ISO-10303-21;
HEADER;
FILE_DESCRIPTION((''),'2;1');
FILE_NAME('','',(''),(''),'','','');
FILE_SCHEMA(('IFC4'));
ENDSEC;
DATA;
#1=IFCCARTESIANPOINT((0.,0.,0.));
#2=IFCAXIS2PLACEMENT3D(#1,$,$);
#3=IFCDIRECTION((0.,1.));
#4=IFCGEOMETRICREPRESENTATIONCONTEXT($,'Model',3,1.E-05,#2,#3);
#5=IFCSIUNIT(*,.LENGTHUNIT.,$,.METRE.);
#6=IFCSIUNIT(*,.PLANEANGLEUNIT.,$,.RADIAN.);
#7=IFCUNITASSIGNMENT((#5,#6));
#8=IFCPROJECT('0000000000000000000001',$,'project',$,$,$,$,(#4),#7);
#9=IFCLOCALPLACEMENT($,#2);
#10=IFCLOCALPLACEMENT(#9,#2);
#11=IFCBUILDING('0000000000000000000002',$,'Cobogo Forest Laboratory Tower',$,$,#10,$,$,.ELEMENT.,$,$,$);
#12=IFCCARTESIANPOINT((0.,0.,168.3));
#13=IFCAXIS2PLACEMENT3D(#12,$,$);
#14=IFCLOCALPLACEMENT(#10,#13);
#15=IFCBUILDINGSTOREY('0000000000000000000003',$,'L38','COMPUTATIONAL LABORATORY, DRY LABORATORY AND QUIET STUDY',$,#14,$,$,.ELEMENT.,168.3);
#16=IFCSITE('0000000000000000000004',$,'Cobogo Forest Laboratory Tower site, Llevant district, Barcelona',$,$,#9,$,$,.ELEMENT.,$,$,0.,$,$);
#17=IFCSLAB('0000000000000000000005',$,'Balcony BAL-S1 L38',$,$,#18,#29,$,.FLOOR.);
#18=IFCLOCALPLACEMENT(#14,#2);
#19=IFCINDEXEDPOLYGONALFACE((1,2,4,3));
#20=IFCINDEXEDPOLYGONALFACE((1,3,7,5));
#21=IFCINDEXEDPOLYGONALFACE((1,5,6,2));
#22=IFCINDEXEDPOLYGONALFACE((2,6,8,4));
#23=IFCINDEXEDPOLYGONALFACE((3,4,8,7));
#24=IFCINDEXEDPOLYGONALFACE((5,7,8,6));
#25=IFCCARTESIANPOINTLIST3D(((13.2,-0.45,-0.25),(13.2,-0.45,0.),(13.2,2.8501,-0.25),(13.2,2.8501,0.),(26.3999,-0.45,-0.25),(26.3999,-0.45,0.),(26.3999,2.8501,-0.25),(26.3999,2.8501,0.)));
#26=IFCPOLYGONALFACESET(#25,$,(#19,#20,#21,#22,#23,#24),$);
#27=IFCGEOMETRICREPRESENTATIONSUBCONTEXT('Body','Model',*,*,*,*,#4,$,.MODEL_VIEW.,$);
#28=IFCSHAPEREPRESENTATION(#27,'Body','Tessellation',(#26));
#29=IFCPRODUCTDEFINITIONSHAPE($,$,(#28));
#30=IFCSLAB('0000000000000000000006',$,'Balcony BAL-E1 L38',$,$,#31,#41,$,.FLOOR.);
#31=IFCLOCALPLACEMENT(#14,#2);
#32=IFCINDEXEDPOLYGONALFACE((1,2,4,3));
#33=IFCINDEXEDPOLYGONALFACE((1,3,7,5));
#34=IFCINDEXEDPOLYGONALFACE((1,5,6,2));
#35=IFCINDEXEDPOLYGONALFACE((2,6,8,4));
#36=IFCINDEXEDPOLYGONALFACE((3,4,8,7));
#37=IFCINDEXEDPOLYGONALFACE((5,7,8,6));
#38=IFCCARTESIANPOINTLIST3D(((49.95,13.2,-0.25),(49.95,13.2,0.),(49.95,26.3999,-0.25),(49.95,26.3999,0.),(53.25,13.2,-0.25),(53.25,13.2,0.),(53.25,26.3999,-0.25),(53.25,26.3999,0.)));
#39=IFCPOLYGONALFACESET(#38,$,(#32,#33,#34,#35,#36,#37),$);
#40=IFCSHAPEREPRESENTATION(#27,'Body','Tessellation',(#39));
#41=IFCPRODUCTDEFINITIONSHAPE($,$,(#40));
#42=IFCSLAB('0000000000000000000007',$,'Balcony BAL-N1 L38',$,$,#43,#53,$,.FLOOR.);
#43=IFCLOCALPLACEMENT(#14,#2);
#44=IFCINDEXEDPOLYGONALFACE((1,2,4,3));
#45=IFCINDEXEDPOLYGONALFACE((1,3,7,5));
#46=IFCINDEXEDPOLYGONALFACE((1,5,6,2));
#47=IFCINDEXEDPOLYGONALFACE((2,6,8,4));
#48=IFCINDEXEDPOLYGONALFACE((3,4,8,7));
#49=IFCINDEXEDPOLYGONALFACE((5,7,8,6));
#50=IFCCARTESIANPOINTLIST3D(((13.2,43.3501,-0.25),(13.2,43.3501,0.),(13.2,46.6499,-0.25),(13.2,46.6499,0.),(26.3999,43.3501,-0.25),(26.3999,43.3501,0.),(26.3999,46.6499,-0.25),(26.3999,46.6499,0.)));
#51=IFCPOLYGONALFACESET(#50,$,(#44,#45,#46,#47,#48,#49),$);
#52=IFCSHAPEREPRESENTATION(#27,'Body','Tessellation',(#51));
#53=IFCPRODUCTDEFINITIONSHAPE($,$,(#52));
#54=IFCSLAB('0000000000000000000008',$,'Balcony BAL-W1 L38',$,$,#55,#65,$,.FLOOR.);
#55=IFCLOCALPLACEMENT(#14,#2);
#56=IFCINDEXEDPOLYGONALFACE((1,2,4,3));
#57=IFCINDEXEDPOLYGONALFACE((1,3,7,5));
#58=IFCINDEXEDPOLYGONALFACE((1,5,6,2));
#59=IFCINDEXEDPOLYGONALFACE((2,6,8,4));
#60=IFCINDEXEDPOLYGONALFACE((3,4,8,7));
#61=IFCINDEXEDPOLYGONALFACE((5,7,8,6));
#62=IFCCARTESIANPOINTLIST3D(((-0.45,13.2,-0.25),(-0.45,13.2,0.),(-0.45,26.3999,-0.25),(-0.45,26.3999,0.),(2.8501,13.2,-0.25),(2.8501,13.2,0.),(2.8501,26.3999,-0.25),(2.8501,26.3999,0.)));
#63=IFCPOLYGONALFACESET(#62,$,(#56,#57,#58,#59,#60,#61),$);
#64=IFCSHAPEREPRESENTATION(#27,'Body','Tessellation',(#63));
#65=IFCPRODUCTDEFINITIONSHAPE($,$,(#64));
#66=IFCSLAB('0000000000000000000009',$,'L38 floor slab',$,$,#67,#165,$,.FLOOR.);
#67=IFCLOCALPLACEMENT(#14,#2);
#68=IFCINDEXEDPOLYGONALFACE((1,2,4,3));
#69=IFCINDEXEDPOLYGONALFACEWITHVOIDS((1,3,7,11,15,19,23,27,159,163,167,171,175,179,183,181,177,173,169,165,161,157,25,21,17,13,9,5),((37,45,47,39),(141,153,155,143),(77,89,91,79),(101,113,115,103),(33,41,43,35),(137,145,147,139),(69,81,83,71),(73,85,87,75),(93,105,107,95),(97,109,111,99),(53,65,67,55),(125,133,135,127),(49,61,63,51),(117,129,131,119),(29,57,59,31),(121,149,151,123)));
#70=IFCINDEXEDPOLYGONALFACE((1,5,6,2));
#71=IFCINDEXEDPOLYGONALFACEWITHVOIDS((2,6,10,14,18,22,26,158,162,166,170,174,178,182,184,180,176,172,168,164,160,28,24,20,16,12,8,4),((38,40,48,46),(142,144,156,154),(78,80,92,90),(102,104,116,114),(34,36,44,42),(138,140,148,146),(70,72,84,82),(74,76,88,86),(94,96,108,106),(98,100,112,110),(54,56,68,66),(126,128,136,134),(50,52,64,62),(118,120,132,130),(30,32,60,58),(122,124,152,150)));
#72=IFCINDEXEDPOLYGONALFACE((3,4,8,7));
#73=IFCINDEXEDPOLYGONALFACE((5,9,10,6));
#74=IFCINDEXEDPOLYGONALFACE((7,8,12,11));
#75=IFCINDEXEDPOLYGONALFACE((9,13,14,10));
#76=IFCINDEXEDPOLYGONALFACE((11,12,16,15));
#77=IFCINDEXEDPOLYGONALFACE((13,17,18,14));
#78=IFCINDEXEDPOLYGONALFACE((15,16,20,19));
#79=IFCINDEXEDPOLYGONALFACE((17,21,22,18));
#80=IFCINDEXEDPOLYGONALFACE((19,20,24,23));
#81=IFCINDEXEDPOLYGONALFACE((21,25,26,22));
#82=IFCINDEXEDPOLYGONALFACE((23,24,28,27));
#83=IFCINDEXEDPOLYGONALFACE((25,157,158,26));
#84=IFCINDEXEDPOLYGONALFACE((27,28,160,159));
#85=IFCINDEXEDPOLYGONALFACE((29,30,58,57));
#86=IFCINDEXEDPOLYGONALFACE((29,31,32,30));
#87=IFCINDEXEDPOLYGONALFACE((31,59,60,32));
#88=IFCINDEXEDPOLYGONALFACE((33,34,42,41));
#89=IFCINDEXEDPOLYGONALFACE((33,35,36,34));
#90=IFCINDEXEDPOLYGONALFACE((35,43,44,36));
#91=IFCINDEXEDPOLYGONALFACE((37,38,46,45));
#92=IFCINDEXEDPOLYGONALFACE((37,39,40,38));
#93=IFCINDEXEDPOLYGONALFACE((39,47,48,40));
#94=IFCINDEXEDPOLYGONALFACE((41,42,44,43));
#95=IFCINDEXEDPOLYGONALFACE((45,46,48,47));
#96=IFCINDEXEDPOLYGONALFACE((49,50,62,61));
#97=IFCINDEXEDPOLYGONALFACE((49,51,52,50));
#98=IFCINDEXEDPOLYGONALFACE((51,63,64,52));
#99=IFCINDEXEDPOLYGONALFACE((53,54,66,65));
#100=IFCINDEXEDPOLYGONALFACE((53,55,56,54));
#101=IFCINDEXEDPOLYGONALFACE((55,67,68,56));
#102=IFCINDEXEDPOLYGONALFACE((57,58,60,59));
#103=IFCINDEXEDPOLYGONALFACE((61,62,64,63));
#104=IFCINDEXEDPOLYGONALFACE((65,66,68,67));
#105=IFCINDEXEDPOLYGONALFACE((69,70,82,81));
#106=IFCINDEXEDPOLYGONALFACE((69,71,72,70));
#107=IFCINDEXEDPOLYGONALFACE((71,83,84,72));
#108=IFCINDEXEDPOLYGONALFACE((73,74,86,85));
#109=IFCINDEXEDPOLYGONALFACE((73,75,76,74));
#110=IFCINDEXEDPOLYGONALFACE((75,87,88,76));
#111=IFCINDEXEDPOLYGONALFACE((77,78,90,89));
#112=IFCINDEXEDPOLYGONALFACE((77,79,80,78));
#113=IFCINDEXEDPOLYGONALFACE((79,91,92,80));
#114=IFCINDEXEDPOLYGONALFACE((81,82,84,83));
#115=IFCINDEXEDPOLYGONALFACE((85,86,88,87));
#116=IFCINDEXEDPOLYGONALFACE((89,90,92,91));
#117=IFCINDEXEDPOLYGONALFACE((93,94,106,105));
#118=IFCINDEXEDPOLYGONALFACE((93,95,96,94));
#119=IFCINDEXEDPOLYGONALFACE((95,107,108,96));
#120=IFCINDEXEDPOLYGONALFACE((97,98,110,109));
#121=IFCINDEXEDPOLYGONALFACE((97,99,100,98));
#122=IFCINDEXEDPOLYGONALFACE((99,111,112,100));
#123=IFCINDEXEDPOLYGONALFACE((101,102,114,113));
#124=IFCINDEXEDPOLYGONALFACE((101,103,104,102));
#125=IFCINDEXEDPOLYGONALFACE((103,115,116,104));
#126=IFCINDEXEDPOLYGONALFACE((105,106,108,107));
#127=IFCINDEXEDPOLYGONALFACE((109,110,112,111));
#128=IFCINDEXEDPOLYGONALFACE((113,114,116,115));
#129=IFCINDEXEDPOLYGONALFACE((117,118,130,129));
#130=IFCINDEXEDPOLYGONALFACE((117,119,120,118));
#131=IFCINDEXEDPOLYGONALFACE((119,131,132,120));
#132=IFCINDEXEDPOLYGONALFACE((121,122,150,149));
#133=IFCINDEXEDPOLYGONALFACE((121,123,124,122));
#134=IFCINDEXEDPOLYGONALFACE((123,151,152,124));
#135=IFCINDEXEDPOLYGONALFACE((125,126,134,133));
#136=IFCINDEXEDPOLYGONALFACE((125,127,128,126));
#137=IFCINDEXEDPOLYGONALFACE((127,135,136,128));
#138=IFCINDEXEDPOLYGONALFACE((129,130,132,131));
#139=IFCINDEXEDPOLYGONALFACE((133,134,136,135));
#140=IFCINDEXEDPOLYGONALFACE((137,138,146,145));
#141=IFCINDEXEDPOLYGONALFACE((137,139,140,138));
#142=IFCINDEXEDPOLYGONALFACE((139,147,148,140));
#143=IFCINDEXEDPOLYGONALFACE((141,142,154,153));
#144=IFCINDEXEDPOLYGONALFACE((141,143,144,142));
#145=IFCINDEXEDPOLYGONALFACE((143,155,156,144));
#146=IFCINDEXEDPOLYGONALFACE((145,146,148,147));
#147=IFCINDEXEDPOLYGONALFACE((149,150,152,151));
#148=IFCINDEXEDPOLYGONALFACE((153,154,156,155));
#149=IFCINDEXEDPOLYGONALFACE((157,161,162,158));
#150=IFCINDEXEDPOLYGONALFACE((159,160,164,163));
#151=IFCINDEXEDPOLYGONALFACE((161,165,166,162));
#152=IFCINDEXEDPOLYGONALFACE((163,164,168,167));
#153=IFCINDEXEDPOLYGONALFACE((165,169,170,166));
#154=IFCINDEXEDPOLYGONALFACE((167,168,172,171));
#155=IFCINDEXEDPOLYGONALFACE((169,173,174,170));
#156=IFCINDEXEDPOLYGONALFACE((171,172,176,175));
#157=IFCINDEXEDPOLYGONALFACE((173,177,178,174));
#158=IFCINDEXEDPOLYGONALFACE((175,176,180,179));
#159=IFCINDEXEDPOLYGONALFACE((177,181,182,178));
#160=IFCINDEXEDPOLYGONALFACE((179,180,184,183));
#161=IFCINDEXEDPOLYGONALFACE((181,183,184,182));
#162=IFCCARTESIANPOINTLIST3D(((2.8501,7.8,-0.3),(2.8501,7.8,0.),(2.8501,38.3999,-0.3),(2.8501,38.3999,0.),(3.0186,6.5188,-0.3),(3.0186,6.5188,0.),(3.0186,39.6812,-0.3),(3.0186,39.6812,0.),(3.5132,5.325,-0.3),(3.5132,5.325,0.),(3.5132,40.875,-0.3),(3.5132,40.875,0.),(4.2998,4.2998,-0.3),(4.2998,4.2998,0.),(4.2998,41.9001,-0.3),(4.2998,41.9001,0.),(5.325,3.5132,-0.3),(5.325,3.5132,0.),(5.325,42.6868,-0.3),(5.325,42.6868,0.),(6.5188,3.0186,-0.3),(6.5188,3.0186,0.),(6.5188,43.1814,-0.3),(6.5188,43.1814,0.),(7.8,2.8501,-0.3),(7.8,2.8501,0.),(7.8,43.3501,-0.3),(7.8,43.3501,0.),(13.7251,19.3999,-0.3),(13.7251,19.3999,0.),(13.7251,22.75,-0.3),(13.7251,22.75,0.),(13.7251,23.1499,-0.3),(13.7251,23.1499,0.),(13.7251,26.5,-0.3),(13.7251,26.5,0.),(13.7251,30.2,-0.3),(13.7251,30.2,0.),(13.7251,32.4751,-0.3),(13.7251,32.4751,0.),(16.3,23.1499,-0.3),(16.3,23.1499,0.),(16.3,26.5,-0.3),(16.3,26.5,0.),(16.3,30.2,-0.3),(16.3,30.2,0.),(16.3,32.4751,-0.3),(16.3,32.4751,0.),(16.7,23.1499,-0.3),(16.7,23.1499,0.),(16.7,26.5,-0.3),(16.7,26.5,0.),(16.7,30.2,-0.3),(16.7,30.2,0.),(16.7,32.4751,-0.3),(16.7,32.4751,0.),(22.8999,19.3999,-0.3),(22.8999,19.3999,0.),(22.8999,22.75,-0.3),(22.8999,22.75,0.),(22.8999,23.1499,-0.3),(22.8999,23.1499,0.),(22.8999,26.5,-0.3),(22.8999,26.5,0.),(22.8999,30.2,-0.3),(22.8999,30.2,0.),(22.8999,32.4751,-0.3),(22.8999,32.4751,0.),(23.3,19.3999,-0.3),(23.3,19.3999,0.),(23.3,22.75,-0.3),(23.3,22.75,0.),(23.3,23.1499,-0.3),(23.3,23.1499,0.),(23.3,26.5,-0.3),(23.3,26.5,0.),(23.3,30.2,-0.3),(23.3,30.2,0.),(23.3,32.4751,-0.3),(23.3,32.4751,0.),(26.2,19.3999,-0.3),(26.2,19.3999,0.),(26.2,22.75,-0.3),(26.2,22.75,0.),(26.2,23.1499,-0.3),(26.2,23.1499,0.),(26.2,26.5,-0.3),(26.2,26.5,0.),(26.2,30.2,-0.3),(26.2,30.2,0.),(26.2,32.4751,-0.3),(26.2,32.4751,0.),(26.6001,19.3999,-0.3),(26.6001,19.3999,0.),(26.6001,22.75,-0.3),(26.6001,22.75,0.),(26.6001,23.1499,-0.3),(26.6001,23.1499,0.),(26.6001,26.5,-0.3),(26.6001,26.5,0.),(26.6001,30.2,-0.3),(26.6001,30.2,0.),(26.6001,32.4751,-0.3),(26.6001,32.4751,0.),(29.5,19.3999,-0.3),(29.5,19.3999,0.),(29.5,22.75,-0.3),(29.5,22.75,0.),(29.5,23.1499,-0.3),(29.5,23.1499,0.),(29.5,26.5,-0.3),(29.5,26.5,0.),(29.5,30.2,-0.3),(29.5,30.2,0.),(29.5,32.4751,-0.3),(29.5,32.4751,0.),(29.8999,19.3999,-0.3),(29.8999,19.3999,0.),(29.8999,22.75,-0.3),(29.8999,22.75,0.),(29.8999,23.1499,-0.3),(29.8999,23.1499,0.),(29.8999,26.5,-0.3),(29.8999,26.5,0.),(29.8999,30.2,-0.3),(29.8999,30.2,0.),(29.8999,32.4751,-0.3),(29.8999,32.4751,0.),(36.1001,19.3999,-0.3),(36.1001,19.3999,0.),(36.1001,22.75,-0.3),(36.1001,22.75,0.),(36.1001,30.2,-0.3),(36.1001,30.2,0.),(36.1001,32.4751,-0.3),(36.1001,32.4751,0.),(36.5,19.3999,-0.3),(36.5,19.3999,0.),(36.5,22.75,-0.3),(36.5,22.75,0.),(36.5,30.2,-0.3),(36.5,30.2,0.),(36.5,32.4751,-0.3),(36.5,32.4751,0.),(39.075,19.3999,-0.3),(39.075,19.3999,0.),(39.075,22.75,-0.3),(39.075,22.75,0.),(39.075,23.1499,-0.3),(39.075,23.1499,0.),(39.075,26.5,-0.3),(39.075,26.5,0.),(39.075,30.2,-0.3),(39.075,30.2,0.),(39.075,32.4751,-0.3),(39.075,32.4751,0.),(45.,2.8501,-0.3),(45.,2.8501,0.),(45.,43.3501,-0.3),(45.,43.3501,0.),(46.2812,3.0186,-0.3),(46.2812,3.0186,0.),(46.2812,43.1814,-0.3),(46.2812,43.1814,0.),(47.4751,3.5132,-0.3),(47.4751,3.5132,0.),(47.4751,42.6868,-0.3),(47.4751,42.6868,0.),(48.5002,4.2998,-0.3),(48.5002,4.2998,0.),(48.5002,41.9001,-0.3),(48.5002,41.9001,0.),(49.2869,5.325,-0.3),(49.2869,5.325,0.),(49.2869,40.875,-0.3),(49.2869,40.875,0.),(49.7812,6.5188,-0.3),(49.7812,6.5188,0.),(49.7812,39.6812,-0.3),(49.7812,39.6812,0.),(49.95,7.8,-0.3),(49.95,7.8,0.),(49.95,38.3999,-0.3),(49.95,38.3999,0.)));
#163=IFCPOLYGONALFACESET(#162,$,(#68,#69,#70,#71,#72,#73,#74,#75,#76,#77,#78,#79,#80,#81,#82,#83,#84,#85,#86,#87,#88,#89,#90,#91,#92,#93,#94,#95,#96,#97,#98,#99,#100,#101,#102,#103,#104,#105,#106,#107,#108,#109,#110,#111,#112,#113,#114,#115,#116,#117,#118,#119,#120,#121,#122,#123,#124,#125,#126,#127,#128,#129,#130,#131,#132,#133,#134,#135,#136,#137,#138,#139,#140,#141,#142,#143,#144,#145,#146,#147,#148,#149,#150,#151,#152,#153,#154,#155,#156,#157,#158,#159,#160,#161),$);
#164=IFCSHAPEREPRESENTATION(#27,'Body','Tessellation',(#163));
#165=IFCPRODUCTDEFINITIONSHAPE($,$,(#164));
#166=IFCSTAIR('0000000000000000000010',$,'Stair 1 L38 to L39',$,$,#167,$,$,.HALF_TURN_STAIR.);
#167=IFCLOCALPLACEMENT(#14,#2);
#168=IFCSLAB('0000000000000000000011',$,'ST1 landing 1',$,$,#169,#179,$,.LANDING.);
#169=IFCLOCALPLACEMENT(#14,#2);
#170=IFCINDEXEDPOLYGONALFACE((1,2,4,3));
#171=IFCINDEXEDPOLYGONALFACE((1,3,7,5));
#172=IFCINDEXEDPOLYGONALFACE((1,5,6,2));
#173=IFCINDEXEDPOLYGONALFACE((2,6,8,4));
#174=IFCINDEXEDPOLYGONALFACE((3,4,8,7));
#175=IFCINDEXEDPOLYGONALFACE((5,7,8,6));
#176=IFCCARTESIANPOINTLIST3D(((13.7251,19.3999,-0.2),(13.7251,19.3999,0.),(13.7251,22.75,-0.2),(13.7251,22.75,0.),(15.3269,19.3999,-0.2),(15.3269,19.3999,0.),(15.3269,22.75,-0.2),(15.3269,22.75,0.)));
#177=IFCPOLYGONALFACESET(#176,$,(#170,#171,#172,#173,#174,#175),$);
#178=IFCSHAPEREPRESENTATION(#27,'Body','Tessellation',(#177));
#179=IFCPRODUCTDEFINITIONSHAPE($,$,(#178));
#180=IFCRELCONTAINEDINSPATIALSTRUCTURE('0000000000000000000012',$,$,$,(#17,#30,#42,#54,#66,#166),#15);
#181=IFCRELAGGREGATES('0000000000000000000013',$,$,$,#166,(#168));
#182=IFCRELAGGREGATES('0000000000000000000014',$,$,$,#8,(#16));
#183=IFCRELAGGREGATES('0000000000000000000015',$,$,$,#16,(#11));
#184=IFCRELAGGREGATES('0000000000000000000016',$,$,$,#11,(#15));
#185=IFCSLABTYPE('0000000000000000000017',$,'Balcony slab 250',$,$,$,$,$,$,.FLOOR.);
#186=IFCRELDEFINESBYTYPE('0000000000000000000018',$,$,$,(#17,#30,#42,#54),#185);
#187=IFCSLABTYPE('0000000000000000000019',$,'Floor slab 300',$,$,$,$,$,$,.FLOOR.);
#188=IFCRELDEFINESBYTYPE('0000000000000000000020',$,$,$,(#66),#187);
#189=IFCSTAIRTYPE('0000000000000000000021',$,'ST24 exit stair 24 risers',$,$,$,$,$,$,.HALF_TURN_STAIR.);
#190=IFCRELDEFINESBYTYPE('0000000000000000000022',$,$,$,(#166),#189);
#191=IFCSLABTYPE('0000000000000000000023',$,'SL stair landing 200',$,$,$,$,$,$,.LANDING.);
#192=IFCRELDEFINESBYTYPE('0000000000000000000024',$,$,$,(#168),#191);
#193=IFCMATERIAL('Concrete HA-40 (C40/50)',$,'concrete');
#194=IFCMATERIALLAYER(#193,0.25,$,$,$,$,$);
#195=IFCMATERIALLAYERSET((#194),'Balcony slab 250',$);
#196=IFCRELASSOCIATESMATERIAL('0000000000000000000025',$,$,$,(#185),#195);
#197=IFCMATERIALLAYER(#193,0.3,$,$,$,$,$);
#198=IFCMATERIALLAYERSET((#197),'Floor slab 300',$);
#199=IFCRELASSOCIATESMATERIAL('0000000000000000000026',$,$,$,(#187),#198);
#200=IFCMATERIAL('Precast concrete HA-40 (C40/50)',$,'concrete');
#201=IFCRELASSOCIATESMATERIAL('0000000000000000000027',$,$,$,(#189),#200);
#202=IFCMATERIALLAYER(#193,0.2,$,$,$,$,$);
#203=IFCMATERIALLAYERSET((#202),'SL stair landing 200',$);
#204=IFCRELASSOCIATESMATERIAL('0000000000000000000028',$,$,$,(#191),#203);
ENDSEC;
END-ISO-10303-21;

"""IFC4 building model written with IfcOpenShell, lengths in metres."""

from ifc_helpers import new_model, si_unit, direction, frame, origin, place, context, subcontext, project, spatial, polyline, outline, extrude, material, layer, layer_set, type_object, element, aggregate, save


model = new_model("IFC4")

# Units and contexts
model_context = context("Model", 3, precision=1e-05, world=origin(), true_north=direction((0.0, 1.0)))
body_context = subcontext(model_context, "Body", "Model", "MODEL_VIEW")
ifc_project = project(units=[si_unit("LENGTHUNIT", "METRE"), si_unit("PLANEANGLEUNIT", "RADIAN")], contexts=[model_context])

# Site, building, storey
site_placement = place(None, origin())
site = spatial("IfcSite", under=ifc_project, at=site_placement, Name="Cobogo Forest Laboratory Tower site, Llevant district, Barcelona", CompositionType="ELEMENT", RefElevation=0.0)
building_placement = place(site_placement, origin())
building = spatial("IfcBuilding", under=site, at=building_placement, Name="Cobogo Forest Laboratory Tower", CompositionType="ELEMENT")
storey_placement = place(building_placement, frame((0.0, 0.0, 168.3)))
storey = spatial("IfcBuildingStorey", under=building, at=storey_placement, Name="L38", Description="COMPUTATIONAL LABORATORY, DRY LABORATORY AND QUIET STUDY", CompositionType="ELEMENT", Elevation=168.3)

# Slabs
ifc_material_1 = material(Name="Concrete HA-40 (C40/50)", Category="concrete")
ifc_layer_1 = layer(ifc_material_1, 0.25)
ifc_layer_set_1 = layer_set([ifc_layer_1], Name="Balcony slab 250")
slab_type_1 = type_object("IfcSlabType", Name="Balcony slab 250", PredefinedType="FLOOR", material=ifc_layer_set_1)
slab_1_placement = place(storey_placement, frame((0.0, 0.0, -0.25)))
element("IfcSlab", 1, at=slab_1_placement, inside=storey, type_object=slab_type_1, Name="Balcony BAL-S1 L38", PredefinedType="FLOOR", context=body_context, shape_type="SweptSolid", body=[
    extrude(outline(polyline([(13.2, -0.45), (26.3999, -0.45), (26.3999, 2.8501), (13.2, 2.8501), (13.2, -0.45)])), origin(), (0.0, 0.0, 1.0), 0.25),
])
slab_2_placement = place(storey_placement, frame((0.0, 0.0, -0.25)))
element("IfcSlab", 2, at=slab_2_placement, inside=storey, type_object=slab_type_1, Name="Balcony BAL-E1 L38", PredefinedType="FLOOR", context=body_context, shape_type="SweptSolid", body=[
    extrude(outline(polyline([(49.95, 13.2), (53.25, 13.2), (53.25, 26.3999), (49.95, 26.3999), (49.95, 13.2)])), origin(), (0.0, 0.0, 1.0), 0.25),
])
slab_3_placement = place(storey_placement, frame((0.0, 0.0, -0.25)))
element("IfcSlab", 3, at=slab_3_placement, inside=storey, type_object=slab_type_1, Name="Balcony BAL-N1 L38", PredefinedType="FLOOR", context=body_context, shape_type="SweptSolid", body=[
    extrude(outline(polyline([(13.2, 43.3501), (26.3999, 43.3501), (26.3999, 46.6499), (13.2, 46.6499), (13.2, 43.3501)])), origin(), (0.0, 0.0, 1.0), 0.25),
])
slab_4_placement = place(storey_placement, frame((0.0, 0.0, -0.25)))
element("IfcSlab", 4, at=slab_4_placement, inside=storey, type_object=slab_type_1, Name="Balcony BAL-W1 L38", PredefinedType="FLOOR", context=body_context, shape_type="SweptSolid", body=[
    extrude(outline(polyline([(-0.45, 13.2), (2.8501, 13.2), (2.8501, 26.3999), (-0.45, 26.3999), (-0.45, 13.2)])), origin(), (0.0, 0.0, 1.0), 0.25),
])
ifc_layer_2 = layer(ifc_material_1, 0.3)
ifc_layer_set_2 = layer_set([ifc_layer_2], Name="Floor slab 300")
slab_type_2 = type_object("IfcSlabType", Name="Floor slab 300", PredefinedType="FLOOR", material=ifc_layer_set_2)
slab_5_placement = place(storey_placement, frame((0.0, 0.0, -0.3)))
element("IfcSlab", 5, at=slab_5_placement, inside=storey, type_object=slab_type_2, Name="L38 floor slab", PredefinedType="FLOOR", context=body_context, shape_type="SweptSolid", body=[
    extrude(outline(polyline([(45.0, 2.8501), (46.2812, 3.0186), (47.4751, 3.5132), (48.5002, 4.2998), (49.2869, 5.325), (49.7812, 6.5188), (49.95, 7.8), (49.95, 38.3999), (49.7812, 39.6812), (49.2869, 40.875), (48.5002, 41.9001), (47.4751, 42.6868), (46.2812, 43.1814), (45.0, 43.3501), (7.8, 43.3501), (6.5188, 43.1814), (5.325, 42.6868), (4.2998, 41.9001), (3.5132, 40.875), (3.0186, 39.6812), (2.8501, 38.3999), (2.8501, 7.8), (3.0186, 6.5188), (3.5132, 5.325), (4.2998, 4.2998), (5.325, 3.5132), (6.5188, 3.0186), (7.8, 2.8501), (45.0, 2.8501)]), holes=[polyline([(22.8999, 19.3999), (13.7251, 19.3999), (13.7251, 22.75), (22.8999, 22.75), (22.8999, 19.3999)]), polyline([(26.2, 19.3999), (23.3, 19.3999), (23.3, 22.75), (26.2, 22.75), (26.2, 19.3999)]), polyline([(29.5, 19.3999), (26.6001, 19.3999), (26.6001, 22.75), (29.5, 22.75), (29.5, 19.3999)]), polyline([(36.1001, 22.75), (36.1001, 19.3999), (29.8999, 19.3999), (29.8999, 22.75), (36.1001, 22.75)]), polyline([(36.5, 19.3999), (36.5, 22.75), (39.075, 22.75), (39.075, 19.3999), (36.5, 19.3999)]), polyline([(16.3, 23.1499), (13.7251, 23.1499), (13.7251, 26.5), (16.3, 26.5), (16.3, 23.1499)]), polyline([(22.8999, 26.5), (22.8999, 23.1499), (16.7, 23.1499), (16.7, 26.5), (22.8999, 26.5)]), polyline([(26.2, 23.1499), (23.3, 23.1499), (23.3, 26.5), (26.2, 26.5), (26.2, 23.1499)]), polyline([(26.6001, 23.1499), (26.6001, 26.5), (29.5, 26.5), (29.5, 23.1499), (26.6001, 23.1499)]), polyline([(39.075, 23.1499), (29.8999, 23.1499), (29.8999, 26.5), (39.075, 26.5), (39.075, 23.1499)]), polyline([(16.3, 30.2), (13.7251, 30.2), (13.7251, 32.4751), (16.3, 32.4751), (16.3, 30.2)]), polyline([(22.8999, 32.4751), (22.8999, 30.2), (16.7, 30.2), (16.7, 32.4751), (22.8999, 32.4751)]), polyline([(23.3, 30.2), (23.3, 32.4751), (26.2, 32.4751), (26.2, 30.2), (23.3, 30.2)]), polyline([(29.5, 30.2), (26.6001, 30.2), (26.6001, 32.4751), (29.5, 32.4751), (29.5, 30.2)]), polyline([(36.1001, 32.4751), (36.1001, 30.2), (29.8999, 30.2), (29.8999, 32.4751), (36.1001, 32.4751)]), polyline([(36.5, 30.2), (36.5, 32.4751), (39.075, 32.4751), (39.075, 30.2), (36.5, 30.2)])]), origin(), (0.0, 0.0, 1.0), 0.3),
])

# Stair, slab
ifc_material_2 = material(Name="Precast concrete HA-40 (C40/50)", Category="concrete")
stair_type = type_object("IfcStairType", Name="ST24 exit stair 24 risers", PredefinedType="HALF_TURN_STAIR", material=ifc_material_2)
stair_1_placement = place(storey_placement, origin())
stair_1 = element("IfcStair", 6, at=stair_1_placement, inside=storey, type_object=stair_type, Name="Stair 1 L38 to L39", PredefinedType="HALF_TURN_STAIR")
ifc_layer_3 = layer(ifc_material_1, 0.2)
ifc_layer_set_3 = layer_set([ifc_layer_3], Name="SL stair landing 200")
slab_type_3 = type_object("IfcSlabType", Name="SL stair landing 200", PredefinedType="LANDING", material=ifc_layer_set_3)
slab_6_placement = place(storey_placement, frame((0.0, 0.0, -0.2)))
slab_6 = element("IfcSlab", 7, at=slab_6_placement, type_object=slab_type_3, Name="ST1 landing 1", PredefinedType="LANDING", context=body_context, shape_type="SweptSolid", body=[
    extrude(outline(polyline([(13.7251, 19.3999), (15.3269, 19.3999), (15.3269, 22.75), (13.7251, 22.75), (13.7251, 19.3999)])), origin(), (0.0, 0.0, 1.0), 0.2),
])
aggregate(stair_1, [slab_6])

save(model, "model.ifc")
